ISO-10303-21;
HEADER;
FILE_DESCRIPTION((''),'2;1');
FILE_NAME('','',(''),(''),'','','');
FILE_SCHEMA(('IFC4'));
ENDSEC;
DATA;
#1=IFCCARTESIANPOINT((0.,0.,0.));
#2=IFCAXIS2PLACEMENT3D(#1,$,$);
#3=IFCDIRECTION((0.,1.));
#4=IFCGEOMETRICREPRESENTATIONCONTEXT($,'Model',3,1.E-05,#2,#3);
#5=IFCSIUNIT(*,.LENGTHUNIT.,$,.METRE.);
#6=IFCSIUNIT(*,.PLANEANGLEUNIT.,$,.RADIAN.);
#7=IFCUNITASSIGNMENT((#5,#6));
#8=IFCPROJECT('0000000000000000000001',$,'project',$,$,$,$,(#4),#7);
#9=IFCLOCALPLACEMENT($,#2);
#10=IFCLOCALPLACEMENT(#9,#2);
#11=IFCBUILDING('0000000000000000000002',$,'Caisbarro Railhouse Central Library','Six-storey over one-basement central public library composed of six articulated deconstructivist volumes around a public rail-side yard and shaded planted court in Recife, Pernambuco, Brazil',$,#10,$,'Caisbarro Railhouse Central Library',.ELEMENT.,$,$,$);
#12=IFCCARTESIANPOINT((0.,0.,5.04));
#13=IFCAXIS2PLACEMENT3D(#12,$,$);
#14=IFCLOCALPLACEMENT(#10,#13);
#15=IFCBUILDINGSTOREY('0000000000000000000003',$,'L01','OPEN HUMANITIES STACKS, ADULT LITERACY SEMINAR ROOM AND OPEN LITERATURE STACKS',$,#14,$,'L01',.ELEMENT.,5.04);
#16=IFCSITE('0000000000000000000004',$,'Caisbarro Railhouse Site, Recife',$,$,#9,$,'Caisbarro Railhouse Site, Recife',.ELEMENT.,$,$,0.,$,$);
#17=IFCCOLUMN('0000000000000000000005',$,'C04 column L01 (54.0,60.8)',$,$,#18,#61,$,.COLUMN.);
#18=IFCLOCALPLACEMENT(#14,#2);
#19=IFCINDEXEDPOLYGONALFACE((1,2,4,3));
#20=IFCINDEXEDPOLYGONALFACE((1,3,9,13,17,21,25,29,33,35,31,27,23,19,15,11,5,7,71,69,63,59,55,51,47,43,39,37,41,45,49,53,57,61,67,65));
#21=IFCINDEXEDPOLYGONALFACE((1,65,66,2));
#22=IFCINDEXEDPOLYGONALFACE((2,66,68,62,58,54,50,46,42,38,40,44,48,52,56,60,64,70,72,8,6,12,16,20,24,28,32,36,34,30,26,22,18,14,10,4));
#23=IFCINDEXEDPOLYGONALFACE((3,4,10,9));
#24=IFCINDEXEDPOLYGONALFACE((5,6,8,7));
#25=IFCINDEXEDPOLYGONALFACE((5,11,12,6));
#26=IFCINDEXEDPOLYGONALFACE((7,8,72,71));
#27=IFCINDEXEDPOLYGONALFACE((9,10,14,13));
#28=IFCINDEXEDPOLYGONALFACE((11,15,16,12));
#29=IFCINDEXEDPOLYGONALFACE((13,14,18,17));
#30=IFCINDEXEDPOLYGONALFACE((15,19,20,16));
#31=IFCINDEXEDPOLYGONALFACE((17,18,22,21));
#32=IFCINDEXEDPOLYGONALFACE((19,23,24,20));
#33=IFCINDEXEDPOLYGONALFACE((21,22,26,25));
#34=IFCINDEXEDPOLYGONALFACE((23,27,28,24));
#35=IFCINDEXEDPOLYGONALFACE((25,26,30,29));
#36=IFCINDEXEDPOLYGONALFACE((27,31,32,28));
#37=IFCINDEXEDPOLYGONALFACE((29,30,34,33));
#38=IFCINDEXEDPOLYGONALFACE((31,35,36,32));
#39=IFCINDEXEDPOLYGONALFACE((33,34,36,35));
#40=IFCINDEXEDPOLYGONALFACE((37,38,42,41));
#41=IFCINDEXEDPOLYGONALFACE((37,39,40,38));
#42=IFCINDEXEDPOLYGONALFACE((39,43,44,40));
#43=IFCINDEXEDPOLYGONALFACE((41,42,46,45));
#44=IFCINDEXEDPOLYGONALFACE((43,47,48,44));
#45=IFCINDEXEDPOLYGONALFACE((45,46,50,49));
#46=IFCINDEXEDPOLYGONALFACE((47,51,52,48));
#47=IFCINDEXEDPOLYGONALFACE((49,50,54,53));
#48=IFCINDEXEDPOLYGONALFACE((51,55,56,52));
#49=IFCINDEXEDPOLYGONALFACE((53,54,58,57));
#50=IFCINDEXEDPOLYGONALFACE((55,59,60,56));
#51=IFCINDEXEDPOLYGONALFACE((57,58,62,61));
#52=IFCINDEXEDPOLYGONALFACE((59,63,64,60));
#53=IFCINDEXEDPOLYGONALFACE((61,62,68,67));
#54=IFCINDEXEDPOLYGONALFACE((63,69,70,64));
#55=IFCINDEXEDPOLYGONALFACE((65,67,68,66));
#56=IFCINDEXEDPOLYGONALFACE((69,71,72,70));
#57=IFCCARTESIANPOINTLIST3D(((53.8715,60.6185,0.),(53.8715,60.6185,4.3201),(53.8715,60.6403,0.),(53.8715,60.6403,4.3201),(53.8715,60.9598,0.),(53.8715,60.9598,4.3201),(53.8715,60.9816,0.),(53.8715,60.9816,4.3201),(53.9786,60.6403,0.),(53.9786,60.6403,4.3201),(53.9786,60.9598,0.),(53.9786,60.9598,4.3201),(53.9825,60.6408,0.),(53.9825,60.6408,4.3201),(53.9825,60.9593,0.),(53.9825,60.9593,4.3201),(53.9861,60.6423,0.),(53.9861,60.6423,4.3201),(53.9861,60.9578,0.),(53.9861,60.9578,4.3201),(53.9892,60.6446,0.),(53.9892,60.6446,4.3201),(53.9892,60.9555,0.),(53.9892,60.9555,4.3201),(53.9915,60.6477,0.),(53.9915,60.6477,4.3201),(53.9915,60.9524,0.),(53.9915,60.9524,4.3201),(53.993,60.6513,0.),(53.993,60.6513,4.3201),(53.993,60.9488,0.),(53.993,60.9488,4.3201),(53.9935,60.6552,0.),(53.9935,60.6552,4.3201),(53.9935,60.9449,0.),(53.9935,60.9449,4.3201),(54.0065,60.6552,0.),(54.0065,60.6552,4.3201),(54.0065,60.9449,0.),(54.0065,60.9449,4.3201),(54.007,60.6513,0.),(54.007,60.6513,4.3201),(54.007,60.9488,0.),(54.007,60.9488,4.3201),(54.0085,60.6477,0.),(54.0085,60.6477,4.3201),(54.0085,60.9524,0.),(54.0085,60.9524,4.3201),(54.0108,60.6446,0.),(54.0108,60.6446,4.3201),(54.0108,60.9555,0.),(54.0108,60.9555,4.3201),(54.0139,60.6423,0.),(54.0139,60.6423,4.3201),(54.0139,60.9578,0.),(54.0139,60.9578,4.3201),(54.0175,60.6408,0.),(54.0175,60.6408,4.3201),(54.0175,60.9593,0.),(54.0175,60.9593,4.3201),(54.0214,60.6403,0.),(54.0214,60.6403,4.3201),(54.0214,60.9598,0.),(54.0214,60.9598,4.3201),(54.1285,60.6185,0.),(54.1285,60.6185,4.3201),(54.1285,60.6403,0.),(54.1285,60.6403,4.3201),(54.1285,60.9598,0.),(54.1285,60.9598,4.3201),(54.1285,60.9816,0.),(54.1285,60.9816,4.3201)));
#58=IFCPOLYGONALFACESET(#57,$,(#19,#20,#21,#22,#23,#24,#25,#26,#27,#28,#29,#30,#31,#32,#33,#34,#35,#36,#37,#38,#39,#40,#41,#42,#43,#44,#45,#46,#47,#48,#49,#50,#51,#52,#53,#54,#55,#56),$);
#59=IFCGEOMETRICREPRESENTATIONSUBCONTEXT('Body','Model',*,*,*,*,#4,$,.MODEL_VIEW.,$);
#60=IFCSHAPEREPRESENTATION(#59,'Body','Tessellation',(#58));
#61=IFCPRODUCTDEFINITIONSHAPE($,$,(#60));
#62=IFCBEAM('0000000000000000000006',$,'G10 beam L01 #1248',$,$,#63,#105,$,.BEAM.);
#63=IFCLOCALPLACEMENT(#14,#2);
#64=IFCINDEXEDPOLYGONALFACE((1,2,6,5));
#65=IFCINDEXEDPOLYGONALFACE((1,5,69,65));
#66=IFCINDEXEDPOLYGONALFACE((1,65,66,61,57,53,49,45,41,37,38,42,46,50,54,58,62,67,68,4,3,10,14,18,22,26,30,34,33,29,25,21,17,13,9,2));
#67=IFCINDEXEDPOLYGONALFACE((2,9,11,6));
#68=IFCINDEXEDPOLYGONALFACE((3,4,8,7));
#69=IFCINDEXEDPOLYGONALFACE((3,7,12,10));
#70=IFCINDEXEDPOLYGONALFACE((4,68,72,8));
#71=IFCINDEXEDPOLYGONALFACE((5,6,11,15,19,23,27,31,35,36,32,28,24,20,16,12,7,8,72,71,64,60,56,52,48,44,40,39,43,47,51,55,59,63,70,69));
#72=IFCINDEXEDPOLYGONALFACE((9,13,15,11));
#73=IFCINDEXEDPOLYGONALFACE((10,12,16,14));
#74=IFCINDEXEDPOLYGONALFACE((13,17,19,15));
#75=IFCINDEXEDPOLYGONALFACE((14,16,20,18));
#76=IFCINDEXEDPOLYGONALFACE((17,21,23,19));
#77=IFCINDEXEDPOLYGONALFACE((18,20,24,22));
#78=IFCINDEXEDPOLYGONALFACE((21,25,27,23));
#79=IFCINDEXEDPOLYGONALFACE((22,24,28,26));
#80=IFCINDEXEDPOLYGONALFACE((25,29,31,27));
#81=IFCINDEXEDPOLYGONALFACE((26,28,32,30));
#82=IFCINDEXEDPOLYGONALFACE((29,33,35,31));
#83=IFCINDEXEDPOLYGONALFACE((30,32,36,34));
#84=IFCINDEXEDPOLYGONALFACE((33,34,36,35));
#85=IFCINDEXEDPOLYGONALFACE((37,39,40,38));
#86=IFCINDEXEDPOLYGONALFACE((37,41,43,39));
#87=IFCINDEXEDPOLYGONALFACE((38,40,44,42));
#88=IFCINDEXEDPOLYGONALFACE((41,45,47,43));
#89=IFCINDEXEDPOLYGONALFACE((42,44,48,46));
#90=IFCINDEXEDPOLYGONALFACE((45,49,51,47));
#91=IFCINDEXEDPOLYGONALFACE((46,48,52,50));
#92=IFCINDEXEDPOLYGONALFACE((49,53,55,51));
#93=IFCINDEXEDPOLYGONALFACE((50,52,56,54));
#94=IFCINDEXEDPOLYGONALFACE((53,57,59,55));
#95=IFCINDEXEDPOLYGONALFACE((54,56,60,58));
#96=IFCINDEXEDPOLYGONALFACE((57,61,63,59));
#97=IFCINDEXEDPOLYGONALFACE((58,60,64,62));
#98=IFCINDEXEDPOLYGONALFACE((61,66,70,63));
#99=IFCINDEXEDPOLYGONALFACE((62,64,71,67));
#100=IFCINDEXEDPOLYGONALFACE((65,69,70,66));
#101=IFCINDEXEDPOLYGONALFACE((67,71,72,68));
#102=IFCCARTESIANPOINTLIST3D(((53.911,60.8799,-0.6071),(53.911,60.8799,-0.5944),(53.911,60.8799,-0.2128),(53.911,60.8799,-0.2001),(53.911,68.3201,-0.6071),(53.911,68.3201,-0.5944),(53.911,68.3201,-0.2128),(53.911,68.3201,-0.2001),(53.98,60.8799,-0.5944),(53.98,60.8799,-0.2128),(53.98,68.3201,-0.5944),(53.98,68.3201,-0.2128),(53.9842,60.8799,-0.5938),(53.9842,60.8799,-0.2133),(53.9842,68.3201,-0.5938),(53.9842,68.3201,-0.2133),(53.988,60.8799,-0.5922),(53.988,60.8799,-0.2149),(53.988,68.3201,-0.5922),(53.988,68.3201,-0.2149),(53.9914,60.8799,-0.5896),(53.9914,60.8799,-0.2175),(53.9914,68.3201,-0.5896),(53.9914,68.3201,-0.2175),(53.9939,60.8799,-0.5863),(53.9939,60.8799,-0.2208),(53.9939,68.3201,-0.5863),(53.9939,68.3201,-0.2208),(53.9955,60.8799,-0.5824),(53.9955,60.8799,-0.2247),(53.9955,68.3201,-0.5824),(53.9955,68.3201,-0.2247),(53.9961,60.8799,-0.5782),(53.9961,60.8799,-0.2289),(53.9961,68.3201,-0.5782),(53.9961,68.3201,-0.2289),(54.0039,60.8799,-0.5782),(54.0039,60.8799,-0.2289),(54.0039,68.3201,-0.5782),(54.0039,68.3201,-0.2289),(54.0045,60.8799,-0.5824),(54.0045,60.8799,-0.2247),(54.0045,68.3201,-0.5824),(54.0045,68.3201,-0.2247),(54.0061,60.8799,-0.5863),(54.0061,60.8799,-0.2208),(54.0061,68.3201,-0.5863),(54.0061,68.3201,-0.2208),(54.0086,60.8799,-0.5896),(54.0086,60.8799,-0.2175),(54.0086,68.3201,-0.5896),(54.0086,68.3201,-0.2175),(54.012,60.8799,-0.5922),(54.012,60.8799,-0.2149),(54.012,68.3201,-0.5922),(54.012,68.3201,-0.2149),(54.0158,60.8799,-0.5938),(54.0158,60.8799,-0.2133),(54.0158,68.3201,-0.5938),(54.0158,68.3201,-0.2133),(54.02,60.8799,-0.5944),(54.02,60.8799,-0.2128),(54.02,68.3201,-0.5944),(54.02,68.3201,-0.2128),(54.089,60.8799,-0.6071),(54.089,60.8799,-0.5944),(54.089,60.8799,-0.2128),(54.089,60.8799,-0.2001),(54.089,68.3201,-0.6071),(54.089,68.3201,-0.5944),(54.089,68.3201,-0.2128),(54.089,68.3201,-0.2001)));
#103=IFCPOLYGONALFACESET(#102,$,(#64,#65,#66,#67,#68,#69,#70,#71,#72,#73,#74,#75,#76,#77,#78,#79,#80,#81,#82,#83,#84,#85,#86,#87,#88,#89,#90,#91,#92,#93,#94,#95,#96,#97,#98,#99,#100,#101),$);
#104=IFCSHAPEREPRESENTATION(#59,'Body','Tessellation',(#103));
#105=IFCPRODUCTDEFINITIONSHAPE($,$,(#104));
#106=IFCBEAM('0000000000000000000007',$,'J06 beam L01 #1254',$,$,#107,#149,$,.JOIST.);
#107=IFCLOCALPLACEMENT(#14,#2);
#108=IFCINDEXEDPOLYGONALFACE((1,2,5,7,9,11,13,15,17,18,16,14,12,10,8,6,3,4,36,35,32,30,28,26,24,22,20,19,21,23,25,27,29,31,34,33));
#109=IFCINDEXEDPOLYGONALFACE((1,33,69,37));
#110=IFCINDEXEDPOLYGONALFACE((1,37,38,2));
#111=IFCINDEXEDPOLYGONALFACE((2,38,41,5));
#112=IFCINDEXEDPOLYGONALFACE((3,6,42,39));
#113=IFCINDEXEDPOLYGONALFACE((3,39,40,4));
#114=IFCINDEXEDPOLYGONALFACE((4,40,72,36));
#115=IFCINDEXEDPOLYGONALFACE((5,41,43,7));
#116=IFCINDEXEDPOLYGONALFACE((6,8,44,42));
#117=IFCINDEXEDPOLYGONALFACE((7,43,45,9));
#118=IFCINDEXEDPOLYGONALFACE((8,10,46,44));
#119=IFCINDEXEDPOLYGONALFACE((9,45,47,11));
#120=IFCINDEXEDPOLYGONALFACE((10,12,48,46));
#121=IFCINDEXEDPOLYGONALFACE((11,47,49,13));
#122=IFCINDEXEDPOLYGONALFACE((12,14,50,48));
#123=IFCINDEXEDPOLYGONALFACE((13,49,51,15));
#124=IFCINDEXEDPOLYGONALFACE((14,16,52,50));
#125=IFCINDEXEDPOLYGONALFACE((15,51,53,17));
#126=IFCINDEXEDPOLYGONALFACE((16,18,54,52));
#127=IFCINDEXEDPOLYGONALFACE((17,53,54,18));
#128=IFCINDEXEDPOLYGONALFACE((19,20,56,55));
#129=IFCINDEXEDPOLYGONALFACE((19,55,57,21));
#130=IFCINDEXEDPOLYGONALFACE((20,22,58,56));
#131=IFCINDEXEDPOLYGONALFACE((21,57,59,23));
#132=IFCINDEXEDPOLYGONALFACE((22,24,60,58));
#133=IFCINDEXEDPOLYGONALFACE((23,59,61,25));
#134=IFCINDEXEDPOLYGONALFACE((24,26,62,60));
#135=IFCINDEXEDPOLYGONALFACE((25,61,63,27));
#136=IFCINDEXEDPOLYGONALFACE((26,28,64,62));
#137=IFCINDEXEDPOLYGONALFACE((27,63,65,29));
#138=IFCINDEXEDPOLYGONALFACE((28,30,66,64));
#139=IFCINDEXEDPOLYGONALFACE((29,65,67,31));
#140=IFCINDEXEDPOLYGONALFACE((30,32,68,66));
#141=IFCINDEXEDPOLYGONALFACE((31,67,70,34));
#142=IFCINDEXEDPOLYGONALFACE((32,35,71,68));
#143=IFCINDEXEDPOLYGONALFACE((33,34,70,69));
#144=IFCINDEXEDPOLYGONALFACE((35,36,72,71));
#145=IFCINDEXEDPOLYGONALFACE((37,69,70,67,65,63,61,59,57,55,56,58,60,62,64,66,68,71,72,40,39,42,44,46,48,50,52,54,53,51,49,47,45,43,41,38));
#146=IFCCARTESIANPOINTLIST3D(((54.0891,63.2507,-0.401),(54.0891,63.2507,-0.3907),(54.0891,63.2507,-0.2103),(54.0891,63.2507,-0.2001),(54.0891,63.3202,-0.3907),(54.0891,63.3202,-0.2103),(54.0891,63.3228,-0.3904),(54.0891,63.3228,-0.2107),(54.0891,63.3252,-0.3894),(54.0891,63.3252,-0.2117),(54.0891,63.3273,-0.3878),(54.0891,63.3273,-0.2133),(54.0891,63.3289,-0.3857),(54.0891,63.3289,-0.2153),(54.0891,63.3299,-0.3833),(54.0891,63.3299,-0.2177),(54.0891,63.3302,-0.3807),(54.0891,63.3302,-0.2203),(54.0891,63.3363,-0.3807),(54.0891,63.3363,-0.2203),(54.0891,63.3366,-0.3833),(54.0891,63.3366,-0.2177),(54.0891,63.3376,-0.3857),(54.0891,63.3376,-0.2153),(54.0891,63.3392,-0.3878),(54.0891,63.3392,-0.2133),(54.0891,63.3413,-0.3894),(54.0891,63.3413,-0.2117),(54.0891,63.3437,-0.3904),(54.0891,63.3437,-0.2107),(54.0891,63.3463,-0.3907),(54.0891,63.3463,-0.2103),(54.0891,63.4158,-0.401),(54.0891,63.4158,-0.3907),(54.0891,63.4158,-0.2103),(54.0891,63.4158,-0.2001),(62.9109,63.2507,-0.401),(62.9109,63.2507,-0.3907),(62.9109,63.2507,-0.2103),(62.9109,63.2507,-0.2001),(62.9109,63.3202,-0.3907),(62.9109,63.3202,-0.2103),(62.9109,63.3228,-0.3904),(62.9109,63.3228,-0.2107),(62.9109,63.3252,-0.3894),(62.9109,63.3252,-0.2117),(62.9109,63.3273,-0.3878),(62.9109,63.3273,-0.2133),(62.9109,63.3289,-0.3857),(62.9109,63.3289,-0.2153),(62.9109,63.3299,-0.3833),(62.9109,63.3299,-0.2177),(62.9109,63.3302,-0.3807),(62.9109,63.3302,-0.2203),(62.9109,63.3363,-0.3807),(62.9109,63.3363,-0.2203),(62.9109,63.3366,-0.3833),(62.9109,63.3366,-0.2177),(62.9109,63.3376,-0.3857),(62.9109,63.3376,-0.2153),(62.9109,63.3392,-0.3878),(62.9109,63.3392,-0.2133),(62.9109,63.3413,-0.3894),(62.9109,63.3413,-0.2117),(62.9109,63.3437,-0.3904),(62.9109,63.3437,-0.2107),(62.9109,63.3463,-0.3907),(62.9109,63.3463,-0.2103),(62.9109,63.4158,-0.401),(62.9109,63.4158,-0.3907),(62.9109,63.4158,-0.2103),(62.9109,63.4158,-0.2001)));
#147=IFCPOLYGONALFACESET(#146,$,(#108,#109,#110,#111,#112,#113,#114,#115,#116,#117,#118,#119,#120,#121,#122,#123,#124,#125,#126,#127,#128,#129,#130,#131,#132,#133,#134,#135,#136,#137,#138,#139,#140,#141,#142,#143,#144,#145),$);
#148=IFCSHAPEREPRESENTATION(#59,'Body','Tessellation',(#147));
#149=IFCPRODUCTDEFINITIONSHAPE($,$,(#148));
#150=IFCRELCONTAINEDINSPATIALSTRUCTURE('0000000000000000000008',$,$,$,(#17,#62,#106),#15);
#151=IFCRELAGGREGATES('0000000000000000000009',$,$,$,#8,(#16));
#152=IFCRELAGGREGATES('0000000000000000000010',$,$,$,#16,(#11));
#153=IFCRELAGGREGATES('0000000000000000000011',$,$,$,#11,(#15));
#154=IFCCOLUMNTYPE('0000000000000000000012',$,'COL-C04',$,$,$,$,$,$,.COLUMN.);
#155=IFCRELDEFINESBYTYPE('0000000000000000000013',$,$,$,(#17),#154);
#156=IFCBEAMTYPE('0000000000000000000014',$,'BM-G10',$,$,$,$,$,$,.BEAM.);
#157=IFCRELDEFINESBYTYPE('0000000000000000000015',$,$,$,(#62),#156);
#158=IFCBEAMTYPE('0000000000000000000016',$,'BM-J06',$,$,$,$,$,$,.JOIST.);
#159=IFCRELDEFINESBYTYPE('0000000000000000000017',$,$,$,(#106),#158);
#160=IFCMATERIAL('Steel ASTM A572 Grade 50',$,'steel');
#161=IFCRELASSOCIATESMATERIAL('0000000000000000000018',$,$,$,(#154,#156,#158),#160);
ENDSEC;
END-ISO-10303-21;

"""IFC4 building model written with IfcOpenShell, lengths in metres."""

from ifc_helpers import new_model, si_unit, direction, frame, origin, origin_2d, place, context, subcontext, project, spatial, i_section, extrude, material, material_profile, profile_set, type_object, element, save


model = new_model("IFC4")

# Units and contexts
model_context = context("Model", 3, precision=1e-05, world=origin(), true_north=direction((0.0, 1.0)))
body_context = subcontext(model_context, "Body", "Model", "MODEL_VIEW")
ifc_project = project(units=[si_unit("LENGTHUNIT", "METRE"), si_unit("PLANEANGLEUNIT", "RADIAN")], contexts=[model_context])

# Site, building, storey
site_placement = place(None, origin())
site = spatial("IfcSite", under=ifc_project, at=site_placement, Name="Caisbarro Railhouse Site, Recife", LongName="Caisbarro Railhouse Site, Recife", CompositionType="ELEMENT", RefElevation=0.0)
building_placement = place(site_placement, origin())
building = spatial("IfcBuilding", under=site, at=building_placement, Name="Caisbarro Railhouse Central Library", Description="Six-storey over one-basement central public library composed of six articulated deconstructivist volumes around a public rail-side yard and shaded planted court in Recife, Pernambuco, Brazil", LongName="Caisbarro Railhouse Central Library", CompositionType="ELEMENT")
storey_placement = place(building_placement, frame((0.0, 0.0, 5.04)))
storey = spatial("IfcBuildingStorey", under=building, at=storey_placement, Name="L01", Description="OPEN HUMANITIES STACKS, ADULT LITERACY SEMINAR ROOM AND OPEN LITERATURE STACKS", LongName="L01", CompositionType="ELEMENT", Elevation=5.04)

# Column
ifc_material_1 = material(Name="Steel ASTM A572 Grade 50", Category="steel")
ifc_material_profile_1 = material_profile(ifc_material_1, i_section(OverallWidth=0.2571, OverallDepth=0.363, WebThickness=0.0129, FlangeThickness=0.0217, FilletRadius=0.0149, at=origin_2d()), Name="W360X122.0")
ifc_profile_set_1 = profile_set([ifc_material_profile_1], Name="Steel ASTM A572 Grade 50")
column_type = type_object("IfcColumnType", Name="COL-C04", PredefinedType="COLUMN", material=ifc_profile_set_1)
column_placement = place(storey_placement, frame((54.0, 60.8, 0.0), z_axis=(0.0, 0.0, 1.0), x_axis=(1.0, 0.0, 0.0)))
element("IfcColumn", 1, at=column_placement, inside=storey, type_object=column_type, Name="C04 column L01 (54.0,60.8)", PredefinedType="COLUMN", context=body_context, shape_type="SweptSolid", body=[
    extrude(i_section(OverallWidth=0.2571, OverallDepth=0.363, WebThickness=0.0129, FlangeThickness=0.0217, FilletRadius=0.0149, at=origin_2d()), origin(), (0.0, 0.0, 1.0), 4.3201),
])

# Beams
ifc_material_profile_2 = material_profile(ifc_material_1, i_section(OverallWidth=0.178, OverallDepth=0.407, WebThickness=0.0078, FlangeThickness=0.0127, FilletRadius=0.0161, at=origin_2d()), Name="W410X60.0")
ifc_profile_set_2 = profile_set([ifc_material_profile_2], Name="Steel ASTM A572 Grade 50")
beam_type_1 = type_object("IfcBeamType", Name="BM-G10", PredefinedType="BEAM", material=ifc_profile_set_2)
beam_1_placement = place(storey_placement, frame((54.0, 60.8799, -0.4036), z_axis=(0.0, 1.0, 0.0), x_axis=(-1.0, 0.0, 0.0)))
element("IfcBeam", 2, at=beam_1_placement, inside=storey, type_object=beam_type_1, Name="G10 beam L01 #1248", PredefinedType="BEAM", context=body_context, shape_type="SweptSolid", body=[
    extrude(i_section(OverallWidth=0.178, OverallDepth=0.407, WebThickness=0.0078, FlangeThickness=0.0127, FilletRadius=0.0161, at=origin_2d()), origin(), (0.0, 0.0, 1.0), 7.4402),
])
ifc_material_profile_3 = material_profile(ifc_material_1, i_section(OverallWidth=0.165, OverallDepth=0.2009, WebThickness=0.0061, FlangeThickness=0.0103, FilletRadius=0.01, at=origin_2d()), Name="W200X35.9")
ifc_profile_set_3 = profile_set([ifc_material_profile_3], Name="Steel ASTM A572 Grade 50")
beam_type_2 = type_object("IfcBeamType", Name="BM-J06", PredefinedType="JOIST", material=ifc_profile_set_3)
beam_2_placement = place(storey_placement, frame((54.0891, 63.3333, -0.3005), z_axis=(1.0, 0.0, 0.0), x_axis=(0.0, 1.0, 0.0)))
element("IfcBeam", 3, at=beam_2_placement, inside=storey, type_object=beam_type_2, Name="J06 beam L01 #1254", PredefinedType="JOIST", context=body_context, shape_type="SweptSolid", body=[
    extrude(i_section(OverallWidth=0.165, OverallDepth=0.2009, WebThickness=0.0061, FlangeThickness=0.0103, FilletRadius=0.01, at=origin_2d()), origin(), (0.0, 0.0, 1.0), 8.8218),
])

save(model, "model.ifc")
